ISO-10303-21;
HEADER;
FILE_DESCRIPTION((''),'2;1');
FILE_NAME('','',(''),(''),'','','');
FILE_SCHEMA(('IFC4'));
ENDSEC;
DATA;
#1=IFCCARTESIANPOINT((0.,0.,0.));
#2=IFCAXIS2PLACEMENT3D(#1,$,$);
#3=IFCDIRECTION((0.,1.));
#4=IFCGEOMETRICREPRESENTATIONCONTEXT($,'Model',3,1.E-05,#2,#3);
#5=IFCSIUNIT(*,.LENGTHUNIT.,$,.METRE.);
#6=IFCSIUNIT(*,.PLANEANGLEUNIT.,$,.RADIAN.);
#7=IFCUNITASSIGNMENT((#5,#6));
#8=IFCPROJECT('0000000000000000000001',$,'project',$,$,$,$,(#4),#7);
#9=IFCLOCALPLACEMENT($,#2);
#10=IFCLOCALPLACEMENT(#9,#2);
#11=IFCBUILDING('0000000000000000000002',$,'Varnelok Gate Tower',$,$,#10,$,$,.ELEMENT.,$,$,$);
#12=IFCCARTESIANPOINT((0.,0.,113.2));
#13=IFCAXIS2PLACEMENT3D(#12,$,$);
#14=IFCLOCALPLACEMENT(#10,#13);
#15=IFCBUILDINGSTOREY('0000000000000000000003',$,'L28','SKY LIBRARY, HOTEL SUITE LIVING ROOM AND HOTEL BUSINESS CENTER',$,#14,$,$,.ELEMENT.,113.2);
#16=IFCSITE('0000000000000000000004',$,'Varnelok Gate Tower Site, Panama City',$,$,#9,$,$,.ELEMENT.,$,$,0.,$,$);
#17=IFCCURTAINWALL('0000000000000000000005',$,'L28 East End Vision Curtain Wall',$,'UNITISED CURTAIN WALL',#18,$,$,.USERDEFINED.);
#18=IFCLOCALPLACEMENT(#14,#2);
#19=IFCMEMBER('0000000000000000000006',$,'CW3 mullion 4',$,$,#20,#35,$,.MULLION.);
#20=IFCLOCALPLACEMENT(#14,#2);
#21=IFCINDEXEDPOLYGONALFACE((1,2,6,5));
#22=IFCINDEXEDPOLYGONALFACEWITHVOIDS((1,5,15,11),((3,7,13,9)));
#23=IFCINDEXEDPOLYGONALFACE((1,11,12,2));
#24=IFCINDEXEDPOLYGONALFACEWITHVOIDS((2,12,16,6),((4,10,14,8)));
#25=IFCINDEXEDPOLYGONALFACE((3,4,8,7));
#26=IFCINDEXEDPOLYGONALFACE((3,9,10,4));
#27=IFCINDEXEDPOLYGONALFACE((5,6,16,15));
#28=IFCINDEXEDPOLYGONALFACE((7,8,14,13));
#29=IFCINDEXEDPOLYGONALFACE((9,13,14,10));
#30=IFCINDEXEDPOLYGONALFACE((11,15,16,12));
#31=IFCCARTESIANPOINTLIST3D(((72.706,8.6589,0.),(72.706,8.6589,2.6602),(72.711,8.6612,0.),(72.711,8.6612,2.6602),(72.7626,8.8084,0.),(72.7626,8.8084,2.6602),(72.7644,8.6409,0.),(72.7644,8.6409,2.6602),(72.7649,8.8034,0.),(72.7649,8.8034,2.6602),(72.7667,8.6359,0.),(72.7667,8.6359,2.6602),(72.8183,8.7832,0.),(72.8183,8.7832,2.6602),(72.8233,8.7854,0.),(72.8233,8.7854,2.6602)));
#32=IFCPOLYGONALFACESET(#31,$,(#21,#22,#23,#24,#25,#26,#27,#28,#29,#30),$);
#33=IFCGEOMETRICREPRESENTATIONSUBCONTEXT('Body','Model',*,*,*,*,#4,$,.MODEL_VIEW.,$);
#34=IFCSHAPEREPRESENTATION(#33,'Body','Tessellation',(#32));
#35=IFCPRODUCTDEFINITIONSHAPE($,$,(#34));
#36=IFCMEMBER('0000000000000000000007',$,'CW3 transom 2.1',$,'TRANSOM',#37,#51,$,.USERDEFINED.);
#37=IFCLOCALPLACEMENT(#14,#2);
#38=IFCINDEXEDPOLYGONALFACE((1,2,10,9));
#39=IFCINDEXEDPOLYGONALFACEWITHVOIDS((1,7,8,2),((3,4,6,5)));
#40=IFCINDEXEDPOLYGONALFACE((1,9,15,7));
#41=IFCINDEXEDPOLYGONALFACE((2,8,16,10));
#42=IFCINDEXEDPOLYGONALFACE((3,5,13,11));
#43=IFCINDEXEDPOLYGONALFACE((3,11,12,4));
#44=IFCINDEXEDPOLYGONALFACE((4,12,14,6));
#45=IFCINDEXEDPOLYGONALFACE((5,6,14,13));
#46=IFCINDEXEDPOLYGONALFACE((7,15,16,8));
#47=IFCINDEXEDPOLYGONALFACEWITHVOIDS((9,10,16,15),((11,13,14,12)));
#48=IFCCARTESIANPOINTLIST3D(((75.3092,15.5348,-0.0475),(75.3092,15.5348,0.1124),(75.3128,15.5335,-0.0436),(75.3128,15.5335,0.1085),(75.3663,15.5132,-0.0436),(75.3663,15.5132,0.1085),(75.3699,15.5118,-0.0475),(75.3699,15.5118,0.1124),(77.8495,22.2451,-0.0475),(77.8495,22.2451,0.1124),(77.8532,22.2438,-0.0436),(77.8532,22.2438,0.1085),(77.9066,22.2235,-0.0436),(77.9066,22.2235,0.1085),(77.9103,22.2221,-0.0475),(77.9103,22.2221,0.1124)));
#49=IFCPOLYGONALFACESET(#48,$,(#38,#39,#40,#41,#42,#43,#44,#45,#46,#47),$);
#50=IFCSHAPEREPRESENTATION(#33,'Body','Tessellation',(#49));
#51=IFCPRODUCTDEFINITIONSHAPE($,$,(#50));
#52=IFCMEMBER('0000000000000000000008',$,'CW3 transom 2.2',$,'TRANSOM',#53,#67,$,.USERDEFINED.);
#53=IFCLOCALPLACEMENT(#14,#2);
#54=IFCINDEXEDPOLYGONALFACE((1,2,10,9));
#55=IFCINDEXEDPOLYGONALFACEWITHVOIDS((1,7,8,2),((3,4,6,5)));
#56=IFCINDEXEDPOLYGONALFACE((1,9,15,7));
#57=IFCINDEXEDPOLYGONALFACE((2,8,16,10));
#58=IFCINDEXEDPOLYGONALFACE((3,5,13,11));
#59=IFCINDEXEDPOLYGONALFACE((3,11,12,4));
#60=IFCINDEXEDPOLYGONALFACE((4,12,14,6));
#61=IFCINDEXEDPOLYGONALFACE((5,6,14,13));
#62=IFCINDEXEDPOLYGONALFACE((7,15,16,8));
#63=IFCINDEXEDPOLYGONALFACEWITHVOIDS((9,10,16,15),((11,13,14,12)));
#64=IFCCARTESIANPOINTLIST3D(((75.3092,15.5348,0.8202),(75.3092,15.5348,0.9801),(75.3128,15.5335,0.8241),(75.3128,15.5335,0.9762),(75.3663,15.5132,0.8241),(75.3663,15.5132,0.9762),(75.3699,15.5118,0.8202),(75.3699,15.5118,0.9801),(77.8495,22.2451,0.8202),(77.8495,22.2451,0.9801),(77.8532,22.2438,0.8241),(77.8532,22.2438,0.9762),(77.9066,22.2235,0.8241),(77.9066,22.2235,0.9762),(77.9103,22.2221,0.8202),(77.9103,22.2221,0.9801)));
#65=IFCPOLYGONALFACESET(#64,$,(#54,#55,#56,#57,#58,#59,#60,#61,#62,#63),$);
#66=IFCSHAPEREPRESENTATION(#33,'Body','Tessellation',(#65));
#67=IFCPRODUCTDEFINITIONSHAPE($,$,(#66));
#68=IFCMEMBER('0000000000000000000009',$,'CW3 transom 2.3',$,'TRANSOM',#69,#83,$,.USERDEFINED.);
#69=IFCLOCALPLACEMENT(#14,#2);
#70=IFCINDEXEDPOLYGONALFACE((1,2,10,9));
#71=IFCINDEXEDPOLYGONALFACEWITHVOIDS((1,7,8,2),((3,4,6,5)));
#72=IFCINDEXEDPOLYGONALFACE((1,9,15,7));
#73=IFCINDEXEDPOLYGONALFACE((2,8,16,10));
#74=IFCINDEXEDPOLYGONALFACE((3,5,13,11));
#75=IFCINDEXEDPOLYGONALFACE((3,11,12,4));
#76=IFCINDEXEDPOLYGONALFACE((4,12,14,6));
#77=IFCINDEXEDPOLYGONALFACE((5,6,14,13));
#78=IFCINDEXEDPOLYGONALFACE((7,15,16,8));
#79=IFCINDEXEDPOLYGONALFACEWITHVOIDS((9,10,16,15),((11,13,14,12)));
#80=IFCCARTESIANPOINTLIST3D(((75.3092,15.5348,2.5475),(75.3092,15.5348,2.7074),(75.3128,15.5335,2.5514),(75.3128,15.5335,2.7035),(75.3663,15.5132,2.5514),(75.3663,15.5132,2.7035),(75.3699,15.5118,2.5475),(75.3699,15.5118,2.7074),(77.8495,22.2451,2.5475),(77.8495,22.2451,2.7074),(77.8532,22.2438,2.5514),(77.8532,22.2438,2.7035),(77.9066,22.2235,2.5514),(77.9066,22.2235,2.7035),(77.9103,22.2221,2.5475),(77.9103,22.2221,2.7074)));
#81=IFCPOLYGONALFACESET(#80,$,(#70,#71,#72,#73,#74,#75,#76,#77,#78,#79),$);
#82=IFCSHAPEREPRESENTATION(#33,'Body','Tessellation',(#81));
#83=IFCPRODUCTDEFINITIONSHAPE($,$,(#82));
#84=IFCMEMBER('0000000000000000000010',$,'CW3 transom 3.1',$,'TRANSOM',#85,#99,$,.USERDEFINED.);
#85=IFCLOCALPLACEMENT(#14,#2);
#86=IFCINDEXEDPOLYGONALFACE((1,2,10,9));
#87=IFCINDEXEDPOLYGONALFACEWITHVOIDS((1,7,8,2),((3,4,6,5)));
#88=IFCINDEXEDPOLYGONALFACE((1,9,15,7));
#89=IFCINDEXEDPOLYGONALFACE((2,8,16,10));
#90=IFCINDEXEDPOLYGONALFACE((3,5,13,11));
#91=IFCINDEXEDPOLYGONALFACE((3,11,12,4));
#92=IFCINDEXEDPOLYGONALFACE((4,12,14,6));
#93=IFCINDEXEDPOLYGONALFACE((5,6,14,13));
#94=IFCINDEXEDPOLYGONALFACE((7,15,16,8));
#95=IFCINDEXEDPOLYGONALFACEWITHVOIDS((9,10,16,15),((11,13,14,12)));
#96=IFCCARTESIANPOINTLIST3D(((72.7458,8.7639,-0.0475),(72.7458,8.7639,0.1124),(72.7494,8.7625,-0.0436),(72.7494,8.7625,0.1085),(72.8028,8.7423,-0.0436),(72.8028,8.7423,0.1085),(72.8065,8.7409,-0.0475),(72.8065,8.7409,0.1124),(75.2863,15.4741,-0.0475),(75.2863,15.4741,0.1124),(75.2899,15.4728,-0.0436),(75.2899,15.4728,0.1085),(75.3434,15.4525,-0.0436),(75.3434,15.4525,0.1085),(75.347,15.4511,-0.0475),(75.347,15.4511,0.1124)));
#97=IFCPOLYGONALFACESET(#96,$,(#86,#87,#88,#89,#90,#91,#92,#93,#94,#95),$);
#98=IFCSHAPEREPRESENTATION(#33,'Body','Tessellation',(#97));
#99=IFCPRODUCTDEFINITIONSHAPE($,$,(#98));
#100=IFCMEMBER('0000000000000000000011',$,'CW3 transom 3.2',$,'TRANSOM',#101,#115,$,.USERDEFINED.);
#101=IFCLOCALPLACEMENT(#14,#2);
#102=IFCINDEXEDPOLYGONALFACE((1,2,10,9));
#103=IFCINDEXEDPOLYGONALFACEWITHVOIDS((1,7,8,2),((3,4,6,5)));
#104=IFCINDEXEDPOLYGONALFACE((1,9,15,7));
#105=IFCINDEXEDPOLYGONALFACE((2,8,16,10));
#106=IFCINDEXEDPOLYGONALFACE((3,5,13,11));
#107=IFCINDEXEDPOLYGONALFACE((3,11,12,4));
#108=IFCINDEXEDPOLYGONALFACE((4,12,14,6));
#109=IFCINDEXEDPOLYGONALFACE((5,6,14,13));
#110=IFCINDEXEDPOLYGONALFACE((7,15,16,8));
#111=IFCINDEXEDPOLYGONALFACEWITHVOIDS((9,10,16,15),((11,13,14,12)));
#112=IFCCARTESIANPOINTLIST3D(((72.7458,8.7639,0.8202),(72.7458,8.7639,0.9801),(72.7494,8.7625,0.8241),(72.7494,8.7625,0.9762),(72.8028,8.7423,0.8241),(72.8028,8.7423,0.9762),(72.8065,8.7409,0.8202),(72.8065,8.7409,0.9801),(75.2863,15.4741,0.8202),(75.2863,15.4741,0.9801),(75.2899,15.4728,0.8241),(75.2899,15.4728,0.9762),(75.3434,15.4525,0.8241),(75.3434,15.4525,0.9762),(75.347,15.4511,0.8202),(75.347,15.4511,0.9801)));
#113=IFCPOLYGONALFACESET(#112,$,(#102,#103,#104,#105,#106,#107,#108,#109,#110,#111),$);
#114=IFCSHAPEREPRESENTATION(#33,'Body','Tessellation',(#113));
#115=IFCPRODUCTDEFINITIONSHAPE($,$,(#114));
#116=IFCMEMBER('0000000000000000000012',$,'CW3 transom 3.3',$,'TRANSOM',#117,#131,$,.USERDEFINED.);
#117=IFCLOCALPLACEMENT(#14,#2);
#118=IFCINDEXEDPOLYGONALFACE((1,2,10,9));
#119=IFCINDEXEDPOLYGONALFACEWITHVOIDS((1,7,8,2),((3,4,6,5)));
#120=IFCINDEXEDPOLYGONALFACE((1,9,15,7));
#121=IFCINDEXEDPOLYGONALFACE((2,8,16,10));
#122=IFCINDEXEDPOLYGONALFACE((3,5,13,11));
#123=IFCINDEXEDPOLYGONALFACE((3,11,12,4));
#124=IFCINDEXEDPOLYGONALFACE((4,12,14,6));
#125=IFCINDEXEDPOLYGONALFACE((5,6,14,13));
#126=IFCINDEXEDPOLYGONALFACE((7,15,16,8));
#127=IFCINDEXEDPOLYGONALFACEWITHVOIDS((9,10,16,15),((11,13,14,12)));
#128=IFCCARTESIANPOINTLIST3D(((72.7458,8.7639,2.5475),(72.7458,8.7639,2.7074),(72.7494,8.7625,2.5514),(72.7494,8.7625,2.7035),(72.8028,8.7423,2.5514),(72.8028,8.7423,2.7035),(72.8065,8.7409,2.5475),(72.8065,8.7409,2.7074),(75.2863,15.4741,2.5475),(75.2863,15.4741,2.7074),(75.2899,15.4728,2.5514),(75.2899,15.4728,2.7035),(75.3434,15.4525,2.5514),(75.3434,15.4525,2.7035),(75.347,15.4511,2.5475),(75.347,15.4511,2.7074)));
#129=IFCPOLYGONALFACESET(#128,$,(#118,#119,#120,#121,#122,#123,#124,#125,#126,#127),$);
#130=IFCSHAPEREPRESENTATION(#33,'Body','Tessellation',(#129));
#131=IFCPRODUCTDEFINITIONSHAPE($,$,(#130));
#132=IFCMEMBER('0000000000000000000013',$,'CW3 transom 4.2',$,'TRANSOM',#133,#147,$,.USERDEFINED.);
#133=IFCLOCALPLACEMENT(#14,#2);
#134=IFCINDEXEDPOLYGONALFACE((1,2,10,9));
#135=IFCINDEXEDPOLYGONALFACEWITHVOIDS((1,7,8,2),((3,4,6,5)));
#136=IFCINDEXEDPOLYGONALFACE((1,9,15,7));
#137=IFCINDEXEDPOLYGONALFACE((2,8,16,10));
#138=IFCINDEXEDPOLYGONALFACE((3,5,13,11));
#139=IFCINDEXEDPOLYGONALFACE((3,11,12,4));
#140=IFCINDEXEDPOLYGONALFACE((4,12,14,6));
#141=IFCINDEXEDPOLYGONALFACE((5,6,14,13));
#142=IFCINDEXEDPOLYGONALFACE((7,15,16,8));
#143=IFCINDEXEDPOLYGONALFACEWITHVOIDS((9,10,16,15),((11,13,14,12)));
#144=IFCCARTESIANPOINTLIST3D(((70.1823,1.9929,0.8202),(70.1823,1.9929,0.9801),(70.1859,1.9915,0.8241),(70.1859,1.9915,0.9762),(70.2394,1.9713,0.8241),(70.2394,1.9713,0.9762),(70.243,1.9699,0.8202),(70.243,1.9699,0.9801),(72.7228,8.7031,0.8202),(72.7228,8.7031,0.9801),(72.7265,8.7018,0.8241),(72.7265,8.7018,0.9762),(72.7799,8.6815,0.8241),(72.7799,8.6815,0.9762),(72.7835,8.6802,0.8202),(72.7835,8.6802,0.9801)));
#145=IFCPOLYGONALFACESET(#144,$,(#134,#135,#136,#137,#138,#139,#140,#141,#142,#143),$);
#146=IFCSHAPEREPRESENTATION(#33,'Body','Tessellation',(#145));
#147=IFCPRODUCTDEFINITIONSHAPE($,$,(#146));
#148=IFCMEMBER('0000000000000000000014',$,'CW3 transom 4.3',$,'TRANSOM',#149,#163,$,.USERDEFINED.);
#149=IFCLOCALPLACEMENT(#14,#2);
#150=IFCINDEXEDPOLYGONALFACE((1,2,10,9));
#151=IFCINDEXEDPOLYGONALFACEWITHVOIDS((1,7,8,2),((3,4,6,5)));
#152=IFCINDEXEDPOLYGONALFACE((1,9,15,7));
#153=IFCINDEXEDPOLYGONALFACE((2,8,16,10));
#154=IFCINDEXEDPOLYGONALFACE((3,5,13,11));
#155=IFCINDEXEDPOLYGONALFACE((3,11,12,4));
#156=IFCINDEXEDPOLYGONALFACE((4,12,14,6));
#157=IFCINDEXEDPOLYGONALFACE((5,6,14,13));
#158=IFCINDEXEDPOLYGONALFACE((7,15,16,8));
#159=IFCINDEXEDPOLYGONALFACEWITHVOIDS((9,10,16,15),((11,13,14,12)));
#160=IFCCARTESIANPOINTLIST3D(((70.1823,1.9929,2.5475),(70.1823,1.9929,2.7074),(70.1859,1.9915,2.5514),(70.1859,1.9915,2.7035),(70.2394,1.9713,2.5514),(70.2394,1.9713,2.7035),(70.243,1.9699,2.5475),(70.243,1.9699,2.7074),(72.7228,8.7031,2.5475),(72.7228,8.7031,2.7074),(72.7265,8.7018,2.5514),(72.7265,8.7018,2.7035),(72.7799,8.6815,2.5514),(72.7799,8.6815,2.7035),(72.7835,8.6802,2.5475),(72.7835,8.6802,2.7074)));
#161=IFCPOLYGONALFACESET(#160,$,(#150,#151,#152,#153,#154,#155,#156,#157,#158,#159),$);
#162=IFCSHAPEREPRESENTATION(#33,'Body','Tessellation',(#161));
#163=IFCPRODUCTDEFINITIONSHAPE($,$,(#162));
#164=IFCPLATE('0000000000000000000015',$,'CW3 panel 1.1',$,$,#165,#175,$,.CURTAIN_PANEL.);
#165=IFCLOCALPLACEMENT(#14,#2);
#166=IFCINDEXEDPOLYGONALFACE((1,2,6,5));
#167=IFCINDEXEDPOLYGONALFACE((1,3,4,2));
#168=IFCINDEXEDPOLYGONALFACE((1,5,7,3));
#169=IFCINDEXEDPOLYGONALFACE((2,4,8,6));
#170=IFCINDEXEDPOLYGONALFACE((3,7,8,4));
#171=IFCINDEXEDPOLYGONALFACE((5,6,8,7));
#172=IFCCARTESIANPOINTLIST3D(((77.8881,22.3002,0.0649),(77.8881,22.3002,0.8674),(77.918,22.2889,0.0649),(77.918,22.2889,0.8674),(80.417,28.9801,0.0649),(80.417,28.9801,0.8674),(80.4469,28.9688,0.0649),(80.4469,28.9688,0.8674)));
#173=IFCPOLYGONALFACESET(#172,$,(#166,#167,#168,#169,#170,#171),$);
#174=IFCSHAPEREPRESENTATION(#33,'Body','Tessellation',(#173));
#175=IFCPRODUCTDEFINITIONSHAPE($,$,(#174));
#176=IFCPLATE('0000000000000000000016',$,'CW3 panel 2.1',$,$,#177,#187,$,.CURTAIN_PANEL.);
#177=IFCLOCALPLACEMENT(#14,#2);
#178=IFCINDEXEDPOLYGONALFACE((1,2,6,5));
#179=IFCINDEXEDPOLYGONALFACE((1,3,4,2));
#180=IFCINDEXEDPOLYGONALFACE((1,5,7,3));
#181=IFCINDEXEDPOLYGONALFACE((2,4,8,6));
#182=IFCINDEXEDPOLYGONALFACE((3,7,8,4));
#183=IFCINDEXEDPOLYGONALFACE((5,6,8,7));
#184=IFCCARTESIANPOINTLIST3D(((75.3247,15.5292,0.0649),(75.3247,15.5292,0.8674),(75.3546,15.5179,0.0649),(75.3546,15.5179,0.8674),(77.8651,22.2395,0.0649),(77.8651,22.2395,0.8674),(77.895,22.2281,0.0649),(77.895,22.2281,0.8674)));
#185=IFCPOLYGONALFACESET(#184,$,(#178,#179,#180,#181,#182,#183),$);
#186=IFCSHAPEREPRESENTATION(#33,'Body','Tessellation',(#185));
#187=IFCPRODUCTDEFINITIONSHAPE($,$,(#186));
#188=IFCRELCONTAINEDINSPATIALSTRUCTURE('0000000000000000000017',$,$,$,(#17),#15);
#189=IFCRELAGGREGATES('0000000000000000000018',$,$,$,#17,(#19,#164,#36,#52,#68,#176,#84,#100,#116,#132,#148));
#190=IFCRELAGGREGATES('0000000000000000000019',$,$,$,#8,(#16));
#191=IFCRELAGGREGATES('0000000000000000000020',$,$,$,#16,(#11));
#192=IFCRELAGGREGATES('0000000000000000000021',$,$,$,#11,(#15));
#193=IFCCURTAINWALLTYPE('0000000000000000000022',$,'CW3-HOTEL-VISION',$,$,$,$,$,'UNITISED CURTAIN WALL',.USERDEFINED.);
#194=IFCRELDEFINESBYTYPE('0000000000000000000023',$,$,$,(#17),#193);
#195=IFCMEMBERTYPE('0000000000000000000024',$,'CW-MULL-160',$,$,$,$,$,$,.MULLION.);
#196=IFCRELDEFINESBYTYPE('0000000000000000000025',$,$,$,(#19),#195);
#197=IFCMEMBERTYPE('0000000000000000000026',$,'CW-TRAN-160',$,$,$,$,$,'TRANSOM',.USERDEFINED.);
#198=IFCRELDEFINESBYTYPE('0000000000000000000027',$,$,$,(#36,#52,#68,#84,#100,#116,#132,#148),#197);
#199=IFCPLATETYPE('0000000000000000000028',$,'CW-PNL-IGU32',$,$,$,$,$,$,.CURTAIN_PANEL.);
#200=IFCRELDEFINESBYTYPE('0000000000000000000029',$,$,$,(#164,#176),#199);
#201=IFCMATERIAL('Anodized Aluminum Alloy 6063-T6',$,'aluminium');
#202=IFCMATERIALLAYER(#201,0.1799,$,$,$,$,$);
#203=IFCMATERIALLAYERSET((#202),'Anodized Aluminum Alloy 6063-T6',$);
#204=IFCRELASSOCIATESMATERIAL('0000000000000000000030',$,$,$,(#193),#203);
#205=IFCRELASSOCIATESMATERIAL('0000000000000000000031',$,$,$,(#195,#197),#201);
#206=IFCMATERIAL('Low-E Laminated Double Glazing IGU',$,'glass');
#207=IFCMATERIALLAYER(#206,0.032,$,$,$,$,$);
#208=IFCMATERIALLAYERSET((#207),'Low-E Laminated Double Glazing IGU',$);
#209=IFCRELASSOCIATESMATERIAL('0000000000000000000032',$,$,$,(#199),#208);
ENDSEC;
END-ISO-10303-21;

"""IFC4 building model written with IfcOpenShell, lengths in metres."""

from ifc_helpers import new_model, si_unit, direction, frame, origin, origin_2d, place, context, subcontext, project, spatial, rectangle, hollow_rectangle, extrude, source, transform, mapped, material, layer, layer_set, material_profile, profile_set, type_object, element, aggregate, save


model = new_model("IFC4")

# Units and contexts
model_context = context("Model", 3, precision=1e-05, world=origin(), true_north=direction((0.0, 1.0)))
body_context = subcontext(model_context, "Body", "Model", "MODEL_VIEW")
ifc_project = project(units=[si_unit("LENGTHUNIT", "METRE"), si_unit("PLANEANGLEUNIT", "RADIAN")], contexts=[model_context])

# Site, building, storey
site_placement = place(None, origin())
site = spatial("IfcSite", under=ifc_project, at=site_placement, Name="Varnelok Gate Tower Site, Panama City", CompositionType="ELEMENT", RefElevation=0.0)
building_placement = place(site_placement, origin())
building = spatial("IfcBuilding", under=site, at=building_placement, Name="Varnelok Gate Tower", CompositionType="ELEMENT")
storey_placement = place(building_placement, frame((0.0, 0.0, 113.2)))
storey = spatial("IfcBuildingStorey", under=building, at=storey_placement, Name="L28", Description="SKY LIBRARY, HOTEL SUITE LIVING ROOM AND HOTEL BUSINESS CENTER", CompositionType="ELEMENT", Elevation=113.2)

# Curtain wall, members, plates
ifc_material_1 = material(Name="Anodized Aluminum Alloy 6063-T6", Category="aluminium")
ifc_layer_1 = layer(ifc_material_1, 0.1799)
ifc_layer_set_1 = layer_set([ifc_layer_1], Name="Anodized Aluminum Alloy 6063-T6")
curtain_wall_type = type_object("IfcCurtainWallType", Name="CW3-HOTEL-VISION", ElementType="UNITISED CURTAIN WALL", PredefinedType="USERDEFINED", material=ifc_layer_set_1)
curtain_wall_placement = place(storey_placement, origin())
curtain_wall = element("IfcCurtainWall", 1, at=curtain_wall_placement, inside=storey, type_object=curtain_wall_type, Name="L28 East End Vision Curtain Wall", ObjectType="UNITISED CURTAIN WALL", PredefinedType="USERDEFINED")
ifc_material_profile_1 = material_profile(ifc_material_1, hollow_rectangle(XDim=0.0649, YDim=0.1599, WallThickness=0.0039, at=origin_2d()), Name="ALU160X65X4")
ifc_profile_set_1 = profile_set([ifc_material_profile_1], Name="Anodized Aluminum Alloy 6063-T6")
member_type_1 = type_object("IfcMemberType", Name="CW-MULL-160", PredefinedType="MULLION", material=ifc_profile_set_1)
member_1_placement = place(storey_placement, frame((72.7646, 8.7222, 0.0), z_axis=(0.0, 0.0, 1.0), x_axis=(0.935221, -0.354064, 0.0)))
member_1 = element("IfcMember", 2, at=member_1_placement, type_object=member_type_1, Name="CW3 mullion 4", PredefinedType="MULLION", context=body_context, shape_type="SweptSolid", body=[
    extrude(hollow_rectangle(XDim=0.0649, YDim=0.1599, WallThickness=0.0039, at=origin_2d()), origin(), (0.0, 0.0, 1.0), 2.6602),
])
ifc_material_profile_2 = material_profile(ifc_material_1, hollow_rectangle(XDim=0.0649, YDim=0.1599, WallThickness=0.0039, at=origin_2d()), Name="ALU160X65X4")
ifc_profile_set_2 = profile_set([ifc_material_profile_2], Name="Anodized Aluminum Alloy 6063-T6")
member_type_2 = type_object("IfcMemberType", Name="CW-TRAN-160", ElementType="TRANSOM", PredefinedType="USERDEFINED", material=ifc_profile_set_2)
member_2_placement = place(storey_placement, frame((77.8799, 22.2336, 0.0325), z_axis=(-0.354049, -0.935227, 0.0), x_axis=(0.935227, -0.354049, 0.0)))
member_2 = element("IfcMember", 3, at=member_2_placement, type_object=member_type_2, Name="CW3 transom 2.1", ObjectType="TRANSOM", PredefinedType="USERDEFINED", context=body_context, shape_type="SweptSolid", body=[
    extrude(hollow_rectangle(XDim=0.0649, YDim=0.1599, WallThickness=0.0039, at=origin_2d()), origin(), (0.0, 0.0, 1.0), 7.175),
])
member_3_placement = place(storey_placement, frame((77.8799, 22.2336, 0.9001), z_axis=(-0.354049, -0.935227, 0.0), x_axis=(0.935227, -0.354049, 0.0)))
member_3 = element("IfcMember", 4, at=member_3_placement, type_object=member_type_2, Name="CW3 transom 2.2", ObjectType="TRANSOM", PredefinedType="USERDEFINED", context=body_context, shape_type="SweptSolid", body=[
    extrude(hollow_rectangle(XDim=0.0649, YDim=0.1599, WallThickness=0.0039, at=origin_2d()), origin(), (0.0, 0.0, 1.0), 7.175),
])
member_4_placement = place(storey_placement, frame((77.8799, 22.2336, 2.6274), z_axis=(-0.354049, -0.935227, 0.0), x_axis=(0.935227, -0.354049, 0.0)))
member_4 = element("IfcMember", 5, at=member_4_placement, type_object=member_type_2, Name="CW3 transom 2.3", ObjectType="TRANSOM", PredefinedType="USERDEFINED", context=body_context, shape_type="SweptSolid", body=[
    extrude(hollow_rectangle(XDim=0.0649, YDim=0.1599, WallThickness=0.0039, at=origin_2d()), origin(), (0.0, 0.0, 1.0), 7.175),
])
member_5_placement = place(storey_placement, frame((75.3167, 15.4626, 0.0325), z_axis=(-0.354079, -0.935216, 0.0), x_axis=(0.935216, -0.354079, 0.0)))
member_5 = element("IfcMember", 6, at=member_5_placement, type_object=member_type_2, Name="CW3 transom 3.1", ObjectType="TRANSOM", PredefinedType="USERDEFINED", context=body_context, shape_type="SweptSolid", body=[
    extrude(hollow_rectangle(XDim=0.0649, YDim=0.1599, WallThickness=0.0039, at=origin_2d()), origin(), (0.0, 0.0, 1.0), 7.175),
])
member_6_placement = place(storey_placement, frame((75.3167, 15.4626, 0.9001), z_axis=(-0.354079, -0.935216, 0.0), x_axis=(0.935216, -0.354079, 0.0)))
member_6 = element("IfcMember", 7, at=member_6_placement, type_object=member_type_2, Name="CW3 transom 3.2", ObjectType="TRANSOM", PredefinedType="USERDEFINED", context=body_context, shape_type="SweptSolid", body=[
    extrude(hollow_rectangle(XDim=0.0649, YDim=0.1599, WallThickness=0.0039, at=origin_2d()), origin(), (0.0, 0.0, 1.0), 7.175),
])
member_7_placement = place(storey_placement, frame((75.3167, 15.4626, 2.6274), z_axis=(-0.354079, -0.935216, 0.0), x_axis=(0.935216, -0.354079, 0.0)))
member_7 = element("IfcMember", 8, at=member_7_placement, type_object=member_type_2, Name="CW3 transom 3.3", ObjectType="TRANSOM", PredefinedType="USERDEFINED", context=body_context, shape_type="SweptSolid", body=[
    extrude(hollow_rectangle(XDim=0.0649, YDim=0.1599, WallThickness=0.0039, at=origin_2d()), origin(), (0.0, 0.0, 1.0), 7.175),
])
member_8_placement = place(storey_placement, frame((72.7532, 8.6917, 0.9001), z_axis=(-0.354079, -0.935216, 0.0), x_axis=(0.935216, -0.354079, 0.0)))
member_8 = element("IfcMember", 9, at=member_8_placement, type_object=member_type_2, Name="CW3 transom 4.2", ObjectType="TRANSOM", PredefinedType="USERDEFINED", context=body_context, shape_type="SweptSolid", body=[
    extrude(hollow_rectangle(XDim=0.0649, YDim=0.1599, WallThickness=0.0039, at=origin_2d()), origin(), (0.0, 0.0, 1.0), 7.175),
])
member_9_placement = place(storey_placement, frame((72.7532, 8.6917, 2.6274), z_axis=(-0.354079, -0.935216, 0.0), x_axis=(0.935216, -0.354079, 0.0)))
member_9 = element("IfcMember", 10, at=member_9_placement, type_object=member_type_2, Name="CW3 transom 4.3", ObjectType="TRANSOM", PredefinedType="USERDEFINED", context=body_context, shape_type="SweptSolid", body=[
    extrude(hollow_rectangle(XDim=0.0649, YDim=0.1599, WallThickness=0.0039, at=origin_2d()), origin(), (0.0, 0.0, 1.0), 7.175),
])
ifc_material_2 = material(Name="Low-E Laminated Double Glazing IGU", Category="glass")
ifc_layer_2 = layer(ifc_material_2, 0.032)
ifc_layer_set_2 = layer_set([ifc_layer_2], Name="Low-E Laminated Double Glazing IGU")
plate_type = type_object("IfcPlateType", Name="CW-PNL-IGU32", PredefinedType="CURTAIN_PANEL", material=ifc_layer_set_2)
shared_shape_1 = source(origin(), body_context, "Body", "SweptSolid", [
    extrude(rectangle(XDim=7.1426, YDim=0.032, at=origin_2d()), origin(), (0.0, 0.0, 1.0), 0.8025),
])
plate_1_placement = place(storey_placement, frame((79.1675, 25.6345, 0.0649), z_axis=(0.0, 0.0, 1.0), x_axis=(-0.354064, -0.935221, 0.0)))
plate_1 = element("IfcPlate", 11, at=plate_1_placement, type_object=plate_type, Name="CW3 panel 1.1", PredefinedType="CURTAIN_PANEL", context=body_context, shape_type="MappedRepresentation", body=[
    mapped(shared_shape_1, transform((0.0, 0.0, 0.0), scale=1.0)),
])
shared_shape_2 = source(origin(), body_context, "Body", "SweptSolid", [
    extrude(rectangle(XDim=7.175, YDim=0.032, at=origin_2d()), origin(), (0.0, 0.0, 1.0), 0.8025),
])
plate_2_placement = place(storey_placement, frame((76.6099, 18.8787, 0.0649), z_axis=(0.0, 0.0, 1.0), x_axis=(-0.354064, -0.935221, 0.0)))
plate_2 = element("IfcPlate", 12, at=plate_2_placement, type_object=plate_type, Name="CW3 panel 2.1", PredefinedType="CURTAIN_PANEL", context=body_context, shape_type="MappedRepresentation", body=[
    mapped(shared_shape_2, transform((0.0, 0.0, 0.0), scale=1.0)),
])
aggregate(curtain_wall, [member_1, plate_1, member_2, member_3, member_4, plate_2, member_5, member_6, member_7, member_8, member_9])

save(model, "model.ifc")
